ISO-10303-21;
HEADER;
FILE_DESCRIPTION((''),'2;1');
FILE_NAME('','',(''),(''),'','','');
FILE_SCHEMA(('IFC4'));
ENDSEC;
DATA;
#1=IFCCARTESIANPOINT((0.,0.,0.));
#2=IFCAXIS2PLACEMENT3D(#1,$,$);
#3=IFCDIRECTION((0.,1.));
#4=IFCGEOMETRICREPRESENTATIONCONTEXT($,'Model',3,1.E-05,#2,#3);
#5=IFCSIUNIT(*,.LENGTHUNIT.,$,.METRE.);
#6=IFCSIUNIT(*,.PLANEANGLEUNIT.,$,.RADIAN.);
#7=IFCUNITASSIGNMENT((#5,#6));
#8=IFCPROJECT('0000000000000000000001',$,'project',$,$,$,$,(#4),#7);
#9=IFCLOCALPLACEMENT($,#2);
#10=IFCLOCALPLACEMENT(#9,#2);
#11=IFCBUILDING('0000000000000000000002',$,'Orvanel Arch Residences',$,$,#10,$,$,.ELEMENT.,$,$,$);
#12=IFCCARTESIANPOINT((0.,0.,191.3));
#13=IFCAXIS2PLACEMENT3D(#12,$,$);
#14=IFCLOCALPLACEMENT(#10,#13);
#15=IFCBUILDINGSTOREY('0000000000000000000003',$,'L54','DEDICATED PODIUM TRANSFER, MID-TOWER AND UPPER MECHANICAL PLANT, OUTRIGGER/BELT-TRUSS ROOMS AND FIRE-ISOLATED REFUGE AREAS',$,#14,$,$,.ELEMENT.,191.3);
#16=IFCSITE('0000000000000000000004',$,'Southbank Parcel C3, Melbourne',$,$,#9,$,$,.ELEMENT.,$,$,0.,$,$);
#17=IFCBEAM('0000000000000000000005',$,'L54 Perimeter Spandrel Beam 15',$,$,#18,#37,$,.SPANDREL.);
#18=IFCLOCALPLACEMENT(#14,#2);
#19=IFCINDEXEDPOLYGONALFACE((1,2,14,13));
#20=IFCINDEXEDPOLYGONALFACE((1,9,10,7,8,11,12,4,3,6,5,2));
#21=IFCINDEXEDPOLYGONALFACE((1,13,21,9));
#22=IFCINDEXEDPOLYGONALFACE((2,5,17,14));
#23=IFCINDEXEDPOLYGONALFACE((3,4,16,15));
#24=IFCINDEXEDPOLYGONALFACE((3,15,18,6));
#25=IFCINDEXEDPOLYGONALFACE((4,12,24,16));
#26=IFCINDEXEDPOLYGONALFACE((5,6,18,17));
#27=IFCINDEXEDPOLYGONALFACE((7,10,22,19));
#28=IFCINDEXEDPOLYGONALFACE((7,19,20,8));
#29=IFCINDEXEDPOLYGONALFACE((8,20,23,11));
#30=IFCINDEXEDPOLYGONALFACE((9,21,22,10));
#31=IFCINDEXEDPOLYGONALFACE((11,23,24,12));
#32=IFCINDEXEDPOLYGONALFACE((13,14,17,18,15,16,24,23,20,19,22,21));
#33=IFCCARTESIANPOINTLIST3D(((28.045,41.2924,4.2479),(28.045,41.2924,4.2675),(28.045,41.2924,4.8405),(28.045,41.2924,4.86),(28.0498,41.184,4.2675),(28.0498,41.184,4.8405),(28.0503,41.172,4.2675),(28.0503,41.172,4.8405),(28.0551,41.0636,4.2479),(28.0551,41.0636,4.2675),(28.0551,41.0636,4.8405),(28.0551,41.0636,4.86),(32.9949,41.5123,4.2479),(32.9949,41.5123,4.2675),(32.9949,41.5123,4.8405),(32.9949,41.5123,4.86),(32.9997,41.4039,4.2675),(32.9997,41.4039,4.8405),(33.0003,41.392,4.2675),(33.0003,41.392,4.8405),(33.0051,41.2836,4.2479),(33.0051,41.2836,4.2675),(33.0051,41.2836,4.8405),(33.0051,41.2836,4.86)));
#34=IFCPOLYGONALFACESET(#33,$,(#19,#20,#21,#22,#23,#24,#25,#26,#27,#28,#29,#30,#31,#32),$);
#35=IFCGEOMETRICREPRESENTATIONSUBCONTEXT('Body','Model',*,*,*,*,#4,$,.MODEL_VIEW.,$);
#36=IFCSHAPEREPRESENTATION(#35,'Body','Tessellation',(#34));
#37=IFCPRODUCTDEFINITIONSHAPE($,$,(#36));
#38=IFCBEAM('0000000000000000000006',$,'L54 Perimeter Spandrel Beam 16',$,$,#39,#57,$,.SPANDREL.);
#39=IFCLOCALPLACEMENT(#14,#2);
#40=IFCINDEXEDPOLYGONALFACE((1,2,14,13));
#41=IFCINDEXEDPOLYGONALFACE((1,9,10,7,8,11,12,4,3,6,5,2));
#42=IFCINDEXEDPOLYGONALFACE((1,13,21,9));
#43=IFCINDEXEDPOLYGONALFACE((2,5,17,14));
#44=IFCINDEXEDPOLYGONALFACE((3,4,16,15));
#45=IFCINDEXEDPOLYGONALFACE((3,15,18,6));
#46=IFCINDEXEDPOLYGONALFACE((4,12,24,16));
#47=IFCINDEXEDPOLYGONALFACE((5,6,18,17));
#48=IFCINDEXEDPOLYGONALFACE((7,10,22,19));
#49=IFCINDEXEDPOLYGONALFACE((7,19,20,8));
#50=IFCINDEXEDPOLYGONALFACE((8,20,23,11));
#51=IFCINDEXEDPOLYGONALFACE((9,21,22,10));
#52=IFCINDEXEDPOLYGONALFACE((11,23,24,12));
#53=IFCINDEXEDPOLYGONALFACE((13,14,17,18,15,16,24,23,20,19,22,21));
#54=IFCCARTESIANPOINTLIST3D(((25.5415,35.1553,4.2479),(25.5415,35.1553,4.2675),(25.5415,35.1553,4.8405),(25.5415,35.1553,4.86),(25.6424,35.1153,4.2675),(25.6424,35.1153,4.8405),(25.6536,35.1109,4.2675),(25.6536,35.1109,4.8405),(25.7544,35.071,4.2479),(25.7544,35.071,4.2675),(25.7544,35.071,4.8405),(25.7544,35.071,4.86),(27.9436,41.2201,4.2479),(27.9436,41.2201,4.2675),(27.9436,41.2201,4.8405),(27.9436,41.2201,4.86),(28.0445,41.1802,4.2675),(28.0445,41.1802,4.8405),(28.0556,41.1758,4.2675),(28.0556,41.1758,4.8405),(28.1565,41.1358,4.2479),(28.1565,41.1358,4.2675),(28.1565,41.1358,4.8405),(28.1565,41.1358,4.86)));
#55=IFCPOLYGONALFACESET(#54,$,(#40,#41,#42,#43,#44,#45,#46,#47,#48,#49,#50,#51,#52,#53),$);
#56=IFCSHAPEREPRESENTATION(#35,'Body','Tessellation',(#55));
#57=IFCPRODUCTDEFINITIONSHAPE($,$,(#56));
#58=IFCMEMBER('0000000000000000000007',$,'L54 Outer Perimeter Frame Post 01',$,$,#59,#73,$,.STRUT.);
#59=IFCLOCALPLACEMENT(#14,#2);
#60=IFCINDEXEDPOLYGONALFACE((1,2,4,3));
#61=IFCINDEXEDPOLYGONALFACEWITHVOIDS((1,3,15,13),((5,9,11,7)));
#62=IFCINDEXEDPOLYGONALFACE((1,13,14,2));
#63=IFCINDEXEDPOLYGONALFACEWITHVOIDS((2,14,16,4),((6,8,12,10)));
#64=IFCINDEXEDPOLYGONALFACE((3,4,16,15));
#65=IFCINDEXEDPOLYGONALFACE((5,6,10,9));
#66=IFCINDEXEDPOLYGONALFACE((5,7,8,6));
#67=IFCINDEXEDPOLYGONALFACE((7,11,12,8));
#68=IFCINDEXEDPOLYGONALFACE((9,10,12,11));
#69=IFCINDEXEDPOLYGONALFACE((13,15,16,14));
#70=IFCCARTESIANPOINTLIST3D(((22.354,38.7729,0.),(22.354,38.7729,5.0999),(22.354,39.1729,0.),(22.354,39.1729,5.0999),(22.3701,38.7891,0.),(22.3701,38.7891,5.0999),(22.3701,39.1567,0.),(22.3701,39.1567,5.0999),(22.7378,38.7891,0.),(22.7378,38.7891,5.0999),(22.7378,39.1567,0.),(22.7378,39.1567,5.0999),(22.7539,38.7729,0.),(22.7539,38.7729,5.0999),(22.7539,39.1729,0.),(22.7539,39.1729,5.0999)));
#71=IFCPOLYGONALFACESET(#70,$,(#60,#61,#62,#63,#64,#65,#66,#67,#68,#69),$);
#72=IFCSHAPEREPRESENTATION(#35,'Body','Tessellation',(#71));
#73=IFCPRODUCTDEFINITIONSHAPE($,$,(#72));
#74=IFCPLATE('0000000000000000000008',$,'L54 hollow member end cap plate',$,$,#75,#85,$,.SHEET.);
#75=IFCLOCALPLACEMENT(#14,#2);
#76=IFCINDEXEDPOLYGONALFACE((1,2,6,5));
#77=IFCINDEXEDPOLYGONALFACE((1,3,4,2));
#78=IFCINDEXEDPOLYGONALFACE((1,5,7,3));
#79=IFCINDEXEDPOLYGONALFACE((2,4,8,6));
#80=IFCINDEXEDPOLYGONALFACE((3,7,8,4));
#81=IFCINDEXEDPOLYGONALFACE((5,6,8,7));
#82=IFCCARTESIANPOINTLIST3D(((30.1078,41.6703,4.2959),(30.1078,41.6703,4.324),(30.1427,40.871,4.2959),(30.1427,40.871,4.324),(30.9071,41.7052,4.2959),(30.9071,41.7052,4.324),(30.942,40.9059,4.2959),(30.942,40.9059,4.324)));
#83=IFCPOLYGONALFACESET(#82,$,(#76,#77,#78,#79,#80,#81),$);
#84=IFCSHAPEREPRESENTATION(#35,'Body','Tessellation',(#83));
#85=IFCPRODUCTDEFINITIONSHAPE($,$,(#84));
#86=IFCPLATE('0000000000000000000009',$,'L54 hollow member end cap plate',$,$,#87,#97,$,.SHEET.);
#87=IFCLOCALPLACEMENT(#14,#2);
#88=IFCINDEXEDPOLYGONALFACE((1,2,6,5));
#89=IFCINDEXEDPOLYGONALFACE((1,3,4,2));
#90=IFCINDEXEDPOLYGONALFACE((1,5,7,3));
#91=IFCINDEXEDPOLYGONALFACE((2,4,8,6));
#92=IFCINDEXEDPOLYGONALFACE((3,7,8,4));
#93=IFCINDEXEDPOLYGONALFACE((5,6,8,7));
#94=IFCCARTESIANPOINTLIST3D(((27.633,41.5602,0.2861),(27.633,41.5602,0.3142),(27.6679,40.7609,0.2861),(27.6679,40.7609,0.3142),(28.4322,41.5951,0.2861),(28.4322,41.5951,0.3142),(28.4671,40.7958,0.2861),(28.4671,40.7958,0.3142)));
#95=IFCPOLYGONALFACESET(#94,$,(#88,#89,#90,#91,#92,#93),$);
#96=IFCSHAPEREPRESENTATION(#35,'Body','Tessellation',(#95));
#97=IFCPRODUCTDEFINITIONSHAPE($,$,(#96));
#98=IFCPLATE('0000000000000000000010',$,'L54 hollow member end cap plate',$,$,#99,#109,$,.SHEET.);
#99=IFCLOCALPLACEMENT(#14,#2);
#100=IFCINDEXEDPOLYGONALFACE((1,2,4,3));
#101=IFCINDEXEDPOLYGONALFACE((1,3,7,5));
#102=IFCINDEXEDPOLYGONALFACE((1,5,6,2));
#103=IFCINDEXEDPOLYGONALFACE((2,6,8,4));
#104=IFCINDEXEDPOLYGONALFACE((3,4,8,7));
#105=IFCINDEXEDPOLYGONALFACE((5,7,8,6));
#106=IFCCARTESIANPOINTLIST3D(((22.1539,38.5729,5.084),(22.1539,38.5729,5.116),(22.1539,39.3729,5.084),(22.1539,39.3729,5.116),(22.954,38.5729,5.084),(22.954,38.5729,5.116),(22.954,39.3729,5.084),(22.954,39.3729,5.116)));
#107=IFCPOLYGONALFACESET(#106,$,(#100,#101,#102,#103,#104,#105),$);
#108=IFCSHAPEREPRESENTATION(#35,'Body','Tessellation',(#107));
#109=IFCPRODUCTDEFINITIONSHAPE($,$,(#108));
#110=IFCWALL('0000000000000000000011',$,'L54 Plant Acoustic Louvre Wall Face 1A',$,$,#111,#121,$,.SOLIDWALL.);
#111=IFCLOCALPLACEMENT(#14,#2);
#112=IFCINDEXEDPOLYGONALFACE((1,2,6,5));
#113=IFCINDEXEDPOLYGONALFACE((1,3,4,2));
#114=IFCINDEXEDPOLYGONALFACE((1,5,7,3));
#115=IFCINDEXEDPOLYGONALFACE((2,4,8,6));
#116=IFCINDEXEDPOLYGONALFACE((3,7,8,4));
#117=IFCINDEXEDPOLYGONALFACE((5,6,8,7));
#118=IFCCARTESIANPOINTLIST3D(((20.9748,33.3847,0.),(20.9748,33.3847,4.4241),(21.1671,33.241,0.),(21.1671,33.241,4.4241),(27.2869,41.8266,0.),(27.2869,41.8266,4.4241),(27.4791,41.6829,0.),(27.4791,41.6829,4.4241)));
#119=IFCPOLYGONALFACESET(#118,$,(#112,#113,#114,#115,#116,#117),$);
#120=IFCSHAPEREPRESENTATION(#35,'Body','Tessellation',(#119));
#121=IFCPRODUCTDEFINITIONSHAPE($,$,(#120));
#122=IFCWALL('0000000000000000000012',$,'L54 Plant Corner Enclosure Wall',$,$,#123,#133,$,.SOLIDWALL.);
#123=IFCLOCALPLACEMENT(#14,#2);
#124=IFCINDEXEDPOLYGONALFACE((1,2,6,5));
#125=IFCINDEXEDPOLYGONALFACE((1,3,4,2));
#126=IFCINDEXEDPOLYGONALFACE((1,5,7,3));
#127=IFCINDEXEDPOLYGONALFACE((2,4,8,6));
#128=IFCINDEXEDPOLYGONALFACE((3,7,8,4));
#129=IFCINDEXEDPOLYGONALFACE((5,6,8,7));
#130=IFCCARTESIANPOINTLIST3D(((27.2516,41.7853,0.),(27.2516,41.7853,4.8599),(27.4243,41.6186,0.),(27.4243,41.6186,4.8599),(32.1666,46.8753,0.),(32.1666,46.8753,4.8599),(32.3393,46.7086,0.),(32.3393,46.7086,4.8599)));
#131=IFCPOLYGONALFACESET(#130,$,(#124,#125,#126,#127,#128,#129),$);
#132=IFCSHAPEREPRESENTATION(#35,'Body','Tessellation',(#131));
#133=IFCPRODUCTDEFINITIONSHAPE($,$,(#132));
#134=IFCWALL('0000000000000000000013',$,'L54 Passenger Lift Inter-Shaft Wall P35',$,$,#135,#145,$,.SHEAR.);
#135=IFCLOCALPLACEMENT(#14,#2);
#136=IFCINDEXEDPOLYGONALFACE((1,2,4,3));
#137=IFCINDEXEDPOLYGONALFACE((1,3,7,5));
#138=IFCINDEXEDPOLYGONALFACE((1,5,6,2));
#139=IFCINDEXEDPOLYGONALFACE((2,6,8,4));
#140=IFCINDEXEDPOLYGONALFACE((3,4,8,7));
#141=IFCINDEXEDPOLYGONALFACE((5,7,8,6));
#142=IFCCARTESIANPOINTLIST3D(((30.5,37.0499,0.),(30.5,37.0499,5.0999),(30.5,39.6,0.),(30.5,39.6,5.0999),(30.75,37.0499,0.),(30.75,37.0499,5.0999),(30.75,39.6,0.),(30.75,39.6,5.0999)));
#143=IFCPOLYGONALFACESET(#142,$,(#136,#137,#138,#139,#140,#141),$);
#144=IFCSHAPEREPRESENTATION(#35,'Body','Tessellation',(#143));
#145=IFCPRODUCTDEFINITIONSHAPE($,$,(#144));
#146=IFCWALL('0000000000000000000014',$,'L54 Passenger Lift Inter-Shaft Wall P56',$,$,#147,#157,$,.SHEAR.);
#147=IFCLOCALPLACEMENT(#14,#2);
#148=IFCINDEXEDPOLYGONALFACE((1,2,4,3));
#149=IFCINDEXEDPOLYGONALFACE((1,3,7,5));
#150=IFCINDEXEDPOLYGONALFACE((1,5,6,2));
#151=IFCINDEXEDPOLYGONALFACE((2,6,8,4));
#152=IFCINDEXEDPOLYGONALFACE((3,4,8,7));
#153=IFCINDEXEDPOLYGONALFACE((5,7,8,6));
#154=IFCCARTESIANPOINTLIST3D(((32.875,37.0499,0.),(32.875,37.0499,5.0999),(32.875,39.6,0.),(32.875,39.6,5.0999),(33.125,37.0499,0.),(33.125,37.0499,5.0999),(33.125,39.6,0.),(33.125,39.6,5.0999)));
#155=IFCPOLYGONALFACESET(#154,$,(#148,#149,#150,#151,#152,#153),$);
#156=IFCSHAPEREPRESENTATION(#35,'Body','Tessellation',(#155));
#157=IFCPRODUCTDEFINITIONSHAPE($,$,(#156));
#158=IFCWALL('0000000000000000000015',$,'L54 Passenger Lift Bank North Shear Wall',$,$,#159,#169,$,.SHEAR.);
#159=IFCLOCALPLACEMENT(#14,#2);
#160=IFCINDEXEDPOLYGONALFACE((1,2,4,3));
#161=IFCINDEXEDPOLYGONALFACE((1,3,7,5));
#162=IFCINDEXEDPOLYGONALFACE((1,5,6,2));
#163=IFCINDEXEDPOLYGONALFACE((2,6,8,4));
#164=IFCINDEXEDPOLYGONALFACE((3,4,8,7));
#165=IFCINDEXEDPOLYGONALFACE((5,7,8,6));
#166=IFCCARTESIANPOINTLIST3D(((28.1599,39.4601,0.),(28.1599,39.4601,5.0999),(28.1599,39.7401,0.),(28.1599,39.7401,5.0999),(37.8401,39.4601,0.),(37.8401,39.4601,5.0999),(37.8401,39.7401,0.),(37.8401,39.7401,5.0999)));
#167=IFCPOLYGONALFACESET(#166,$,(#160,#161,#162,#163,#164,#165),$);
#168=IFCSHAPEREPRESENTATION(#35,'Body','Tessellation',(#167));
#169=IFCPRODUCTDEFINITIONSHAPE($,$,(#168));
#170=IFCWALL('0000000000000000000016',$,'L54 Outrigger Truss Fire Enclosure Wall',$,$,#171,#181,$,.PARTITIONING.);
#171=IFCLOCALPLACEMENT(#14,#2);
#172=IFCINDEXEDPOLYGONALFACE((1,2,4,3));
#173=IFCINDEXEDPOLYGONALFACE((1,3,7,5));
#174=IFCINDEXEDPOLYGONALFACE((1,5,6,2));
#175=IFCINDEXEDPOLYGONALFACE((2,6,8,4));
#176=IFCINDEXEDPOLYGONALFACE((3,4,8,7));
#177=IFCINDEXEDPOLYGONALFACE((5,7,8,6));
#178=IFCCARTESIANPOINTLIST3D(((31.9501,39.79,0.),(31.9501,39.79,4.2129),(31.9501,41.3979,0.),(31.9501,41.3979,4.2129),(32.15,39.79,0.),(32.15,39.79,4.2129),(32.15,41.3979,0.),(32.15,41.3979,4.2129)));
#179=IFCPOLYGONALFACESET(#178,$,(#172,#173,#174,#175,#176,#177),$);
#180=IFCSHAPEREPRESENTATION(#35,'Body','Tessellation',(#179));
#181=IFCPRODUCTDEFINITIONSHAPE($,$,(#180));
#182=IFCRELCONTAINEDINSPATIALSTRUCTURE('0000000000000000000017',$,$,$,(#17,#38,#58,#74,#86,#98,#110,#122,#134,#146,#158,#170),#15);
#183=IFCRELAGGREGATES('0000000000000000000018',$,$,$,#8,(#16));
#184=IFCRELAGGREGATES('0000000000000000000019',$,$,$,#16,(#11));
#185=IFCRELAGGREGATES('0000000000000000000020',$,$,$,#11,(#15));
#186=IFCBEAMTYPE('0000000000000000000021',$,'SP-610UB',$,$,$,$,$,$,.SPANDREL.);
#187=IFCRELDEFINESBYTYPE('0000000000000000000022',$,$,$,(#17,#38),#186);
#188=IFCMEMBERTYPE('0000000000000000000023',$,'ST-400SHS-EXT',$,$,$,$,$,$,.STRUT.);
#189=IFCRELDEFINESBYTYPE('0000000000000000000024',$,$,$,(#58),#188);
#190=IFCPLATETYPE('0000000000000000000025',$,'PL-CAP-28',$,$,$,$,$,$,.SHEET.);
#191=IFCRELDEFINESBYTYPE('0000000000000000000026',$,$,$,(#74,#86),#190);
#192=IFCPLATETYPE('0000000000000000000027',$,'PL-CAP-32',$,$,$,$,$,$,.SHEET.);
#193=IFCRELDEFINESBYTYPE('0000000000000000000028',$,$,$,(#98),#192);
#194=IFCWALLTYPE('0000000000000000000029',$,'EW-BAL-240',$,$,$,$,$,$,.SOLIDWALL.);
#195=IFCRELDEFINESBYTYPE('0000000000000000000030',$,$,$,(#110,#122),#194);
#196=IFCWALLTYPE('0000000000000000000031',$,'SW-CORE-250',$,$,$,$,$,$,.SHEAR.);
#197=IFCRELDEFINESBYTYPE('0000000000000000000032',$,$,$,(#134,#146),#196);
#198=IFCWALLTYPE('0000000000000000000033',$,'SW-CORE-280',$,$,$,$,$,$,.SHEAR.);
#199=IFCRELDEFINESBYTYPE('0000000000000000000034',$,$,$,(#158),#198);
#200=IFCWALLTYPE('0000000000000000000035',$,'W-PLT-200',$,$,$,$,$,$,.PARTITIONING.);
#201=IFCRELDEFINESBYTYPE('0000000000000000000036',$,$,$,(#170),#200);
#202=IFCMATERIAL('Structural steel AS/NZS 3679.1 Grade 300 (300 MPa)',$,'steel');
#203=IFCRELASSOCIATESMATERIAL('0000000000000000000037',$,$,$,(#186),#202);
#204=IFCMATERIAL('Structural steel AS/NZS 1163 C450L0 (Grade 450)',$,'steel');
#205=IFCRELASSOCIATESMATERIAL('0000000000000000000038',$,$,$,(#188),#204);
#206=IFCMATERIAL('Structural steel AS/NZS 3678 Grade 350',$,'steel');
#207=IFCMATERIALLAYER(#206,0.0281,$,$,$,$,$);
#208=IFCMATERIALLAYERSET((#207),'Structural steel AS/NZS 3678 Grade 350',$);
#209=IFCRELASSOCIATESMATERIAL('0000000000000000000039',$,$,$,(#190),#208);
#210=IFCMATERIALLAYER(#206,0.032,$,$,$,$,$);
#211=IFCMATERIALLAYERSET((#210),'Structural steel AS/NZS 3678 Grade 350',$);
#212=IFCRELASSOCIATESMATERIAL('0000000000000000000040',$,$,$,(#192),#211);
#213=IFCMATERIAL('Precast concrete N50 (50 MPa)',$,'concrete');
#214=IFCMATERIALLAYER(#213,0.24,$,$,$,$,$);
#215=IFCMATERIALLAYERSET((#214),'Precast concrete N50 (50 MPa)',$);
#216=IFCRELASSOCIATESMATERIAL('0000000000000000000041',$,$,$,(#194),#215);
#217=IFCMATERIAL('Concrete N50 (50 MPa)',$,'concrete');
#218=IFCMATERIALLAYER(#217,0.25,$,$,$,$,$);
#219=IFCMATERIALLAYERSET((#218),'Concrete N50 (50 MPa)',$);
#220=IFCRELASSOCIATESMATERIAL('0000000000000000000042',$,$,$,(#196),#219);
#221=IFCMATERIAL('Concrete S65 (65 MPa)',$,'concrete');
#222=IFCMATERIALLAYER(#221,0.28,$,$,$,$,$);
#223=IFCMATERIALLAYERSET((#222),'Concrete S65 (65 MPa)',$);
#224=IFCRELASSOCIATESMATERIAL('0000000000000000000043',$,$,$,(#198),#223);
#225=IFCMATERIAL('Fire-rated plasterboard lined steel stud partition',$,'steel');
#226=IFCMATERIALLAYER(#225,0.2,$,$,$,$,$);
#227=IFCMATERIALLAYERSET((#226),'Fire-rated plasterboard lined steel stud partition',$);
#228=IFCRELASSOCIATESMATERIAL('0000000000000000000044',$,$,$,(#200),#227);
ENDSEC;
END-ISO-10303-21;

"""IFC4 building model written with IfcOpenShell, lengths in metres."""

from ifc_helpers import new_model, si_unit, direction, frame, frame_2d, origin, origin_2d, place, context, subcontext, project, spatial, rectangle, hollow_rectangle, i_section, extrude, material, layer, layer_set, material_profile, profile_set, type_object, element, save


model = new_model("IFC4")

# Units and contexts
model_context = context("Model", 3, precision=1e-05, world=origin(), true_north=direction((0.0, 1.0)))
body_context = subcontext(model_context, "Body", "Model", "MODEL_VIEW")
ifc_project = project(units=[si_unit("LENGTHUNIT", "METRE"), si_unit("PLANEANGLEUNIT", "RADIAN")], contexts=[model_context])

# Site, building, storey
site_placement = place(None, origin())
site = spatial("IfcSite", under=ifc_project, at=site_placement, Name="Southbank Parcel C3, Melbourne", CompositionType="ELEMENT", RefElevation=0.0)
building_placement = place(site_placement, origin())
building = spatial("IfcBuilding", under=site, at=building_placement, Name="Orvanel Arch Residences", CompositionType="ELEMENT")
storey_placement = place(building_placement, frame((0.0, 0.0, 191.3)))
storey = spatial("IfcBuildingStorey", under=building, at=storey_placement, Name="L54", Description="DEDICATED PODIUM TRANSFER, MID-TOWER AND UPPER MECHANICAL PLANT, OUTRIGGER/BELT-TRUSS ROOMS AND FIRE-ISOLATED REFUGE AREAS", CompositionType="ELEMENT", Elevation=191.3)

# Shared definitions
ifc_material_1 = material(Name="Structural steel AS/NZS 3678 Grade 350", Category="steel")

# Shared definitions
ifc_material_2 = material(Name="Structural steel AS/NZS 3679.1 Grade 300 (300 MPa)", Category="steel")

# Beams
ifc_material_profile_1 = material_profile(ifc_material_2, i_section(OverallWidth=0.229, OverallDepth=0.6121, WebThickness=0.012, FlangeThickness=0.0195, at=origin_2d()), Name="610UB125")
ifc_profile_set_1 = profile_set([ifc_material_profile_1], Name="Structural steel AS/NZS 3679.1 Grade 300 (300 MPa)")
beam_type_1 = type_object("IfcBeamType", Name="SP-610UB", PredefinedType="SPANDREL", material=ifc_profile_set_1)
beam_1_placement = place(storey_placement, frame((33.0, 41.3979, 4.554), z_axis=(-0.999014, -0.044395, 0.0), x_axis=(0.044395, -0.999014, 0.0)))
element("IfcBeam", 1, at=beam_1_placement, inside=storey, type_object=beam_type_1, Name="L54 Perimeter Spandrel Beam 15", PredefinedType="SPANDREL", context=body_context, shape_type="SweptSolid", body=[
    extrude(i_section(OverallWidth=0.229, OverallDepth=0.6121, WebThickness=0.012, FlangeThickness=0.0195, at=origin_2d()), origin(), (0.0, 0.0, 1.0), 4.9548),
])
beam_2_placement = place(storey_placement, frame((28.05, 41.178, 4.554), z_axis=(-0.368233, -0.929733, 0.0), x_axis=(0.929733, -0.368233, 0.0)))
element("IfcBeam", 2, at=beam_2_placement, inside=storey, type_object=beam_type_1, Name="L54 Perimeter Spandrel Beam 16", PredefinedType="SPANDREL", context=body_context, shape_type="SweptSolid", body=[
    extrude(i_section(OverallWidth=0.229, OverallDepth=0.6121, WebThickness=0.012, FlangeThickness=0.0195, at=origin_2d()), origin(), (0.0, 0.0, 1.0), 6.5232),
])

# Member
ifc_material_3 = material(Name="Structural steel AS/NZS 1163 C450L0 (Grade 450)", Category="steel")
ifc_material_profile_2 = material_profile(ifc_material_3, hollow_rectangle(XDim=0.3999, YDim=0.3999, WallThickness=0.0161, at=origin_2d()), Name="SHS400x400x16")
ifc_profile_set_2 = profile_set([ifc_material_profile_2], Name="Structural steel AS/NZS 1163 C450L0 (Grade 450)")
member_type_1 = type_object("IfcMemberType", Name="ST-400SHS-EXT", PredefinedType="STRUT", material=ifc_profile_set_2)
member_1_placement = place(storey_placement, frame((22.554, 38.9729, 0.0), z_axis=(0.0, 0.0, 1.0), x_axis=(1.0, 0.0, 0.0)))
element("IfcMember", 3, at=member_1_placement, inside=storey, type_object=member_type_1, Name="L54 Outer Perimeter Frame Post 01", PredefinedType="STRUT", context=body_context, shape_type="SweptSolid", body=[
    extrude(hollow_rectangle(XDim=0.3999, YDim=0.3999, WallThickness=0.0161, at=origin_2d()), origin(), (0.0, 0.0, 1.0), 5.0999),
])

# Plates
ifc_layer_1 = layer(ifc_material_1, 0.0281)
ifc_layer_set_1 = layer_set([ifc_layer_1], Name="Structural steel AS/NZS 3678 Grade 350")
plate_type_1 = type_object("IfcPlateType", Name="PL-CAP-28", PredefinedType="SHEET", material=ifc_layer_set_1)
for number, where, z_axis, x_axis, name in (
    (4, (30.5249, 41.2881, 4.2959), (0.0, 0.0, 1.0), (0.999048, 0.043619, 0.0), "L54 hollow member end cap plate"),
    (5, (28.05, 41.178, 0.2861), (0.0, 0.0, 1.0), (0.999048, 0.043619, 0.0), "L54 hollow member end cap plate"),
):
    element("IfcPlate", number, at=place(storey_placement, frame(where, z_axis=z_axis, x_axis=x_axis)), inside=storey, type_object=plate_type_1, Name=name, PredefinedType="SHEET", context=body_context, shape_type="SweptSolid", body=[
        extrude(rectangle(XDim=0.8, YDim=0.8, at=origin_2d()), origin(), (0.0, 0.0, 1.0), 0.0281),
    ])
ifc_layer_2 = layer(ifc_material_1, 0.032)
ifc_layer_set_2 = layer_set([ifc_layer_2], Name="Structural steel AS/NZS 3678 Grade 350")
plate_type_2 = type_object("IfcPlateType", Name="PL-CAP-32", PredefinedType="SHEET", material=ifc_layer_set_2)
plate_placement = place(storey_placement, frame((22.554, 38.9729, 5.084), z_axis=(0.0, 0.0, 1.0), x_axis=(1.0, 0.0, 0.0)))
element("IfcPlate", 6, at=plate_placement, inside=storey, type_object=plate_type_2, Name="L54 hollow member end cap plate", PredefinedType="SHEET", context=body_context, shape_type="SweptSolid", body=[
    extrude(rectangle(XDim=0.8, YDim=0.8, at=origin_2d()), origin(), (0.0, 0.0, 1.0), 0.032),
])

# Walls
ifc_material_4 = material(Name="Precast concrete N50 (50 MPa)", Category="concrete")
ifc_layer_3 = layer(ifc_material_4, 0.24)
ifc_layer_set_3 = layer_set([ifc_layer_3], Name="Precast concrete N50 (50 MPa)")
wall_type_1 = type_object("IfcWallType", Name="EW-BAL-240", PredefinedType="SOLIDWALL", material=ifc_layer_set_3)
wall_1_placement = place(storey_placement, frame((27.3831, 41.7549, 0.0), z_axis=(0.0, 0.0, 1.0), x_axis=(-0.598821, -0.800883, 0.0)))
element("IfcWall", 7, at=wall_1_placement, inside=storey, type_object=wall_type_1, Name="L54 Plant Acoustic Louvre Wall Face 1A", PredefinedType="SOLIDWALL", context=body_context, shape_type="SweptSolid", body=[
    extrude(rectangle(XDim=10.5408, YDim=0.24, at=frame_2d((5.2705, 0.0))), origin(), (0.0, 0.0, 1.0), 4.4241),
])
wall_2_placement = place(storey_placement, frame((32.2529, 46.792, 0.0), z_axis=(0.0, 0.0, 1.0), x_axis=(-0.694629, -0.719368, 0.0)))
element("IfcWall", 8, at=wall_2_placement, inside=storey, type_object=wall_type_1, Name="L54 Plant Corner Enclosure Wall", PredefinedType="SOLIDWALL", context=body_context, shape_type="SweptSolid", body=[
    extrude(rectangle(XDim=7.0757, YDim=0.24, at=frame_2d((3.5378, 0.0))), origin(), (0.0, 0.0, 1.0), 4.8599),
])
ifc_material_5 = material(Name="Concrete N50 (50 MPa)", Category="concrete")
ifc_layer_4 = layer(ifc_material_5, 0.25)
ifc_layer_set_4 = layer_set([ifc_layer_4], Name="Concrete N50 (50 MPa)")
wall_type_2 = type_object("IfcWallType", Name="SW-CORE-250", PredefinedType="SHEAR", material=ifc_layer_set_4)
for number, where, z_axis, x_axis, name in (
    (9, (30.625, 37.05, 0.0), (0.0, 0.0, 1.0), (0.0, 1.0, 0.0), "L54 Passenger Lift Inter-Shaft Wall P35"),
    (10, (33.0, 37.05, 0.0), (0.0, 0.0, 1.0), (0.0, 1.0, 0.0), "L54 Passenger Lift Inter-Shaft Wall P56"),
):
    element("IfcWall", number, at=place(storey_placement, frame(where, z_axis=z_axis, x_axis=x_axis)), inside=storey, type_object=wall_type_2, Name=name, PredefinedType="SHEAR", context=body_context, shape_type="SweptSolid", body=[
        extrude(rectangle(XDim=2.55, YDim=0.25, at=frame_2d((1.2749, 0.0))), origin(), (0.0, 0.0, 1.0), 5.0999),
    ])
ifc_material_6 = material(Name="Concrete S65 (65 MPa)", Category="concrete")
ifc_layer_5 = layer(ifc_material_6, 0.28)
ifc_layer_set_5 = layer_set([ifc_layer_5], Name="Concrete S65 (65 MPa)")
wall_type_3 = type_object("IfcWallType", Name="SW-CORE-280", PredefinedType="SHEAR", material=ifc_layer_set_5)
wall_3_placement = place(storey_placement, frame((28.1599, 39.6001, 0.0), z_axis=(0.0, 0.0, 1.0), x_axis=(1.0, 0.0, 0.0)))
element("IfcWall", 11, at=wall_3_placement, inside=storey, type_object=wall_type_3, Name="L54 Passenger Lift Bank North Shear Wall", PredefinedType="SHEAR", context=body_context, shape_type="SweptSolid", body=[
    extrude(rectangle(XDim=9.6802, YDim=0.28, at=frame_2d((4.8401, 0.0))), origin(), (0.0, 0.0, 1.0), 5.0999),
])
ifc_material_7 = material(Name="Fire-rated plasterboard lined steel stud partition", Category="steel")
ifc_layer_6 = layer(ifc_material_7, 0.2)
ifc_layer_set_6 = layer_set([ifc_layer_6], Name="Fire-rated plasterboard lined steel stud partition")
wall_type_4 = type_object("IfcWallType", Name="W-PLT-200", PredefinedType="PARTITIONING", material=ifc_layer_set_6)
wall_4_placement = place(storey_placement, frame((32.05, 39.79, 0.0), z_axis=(0.0, 0.0, 1.0), x_axis=(0.0, 1.0, 0.0)))
element("IfcWall", 12, at=wall_4_placement, inside=storey, type_object=wall_type_4, Name="L54 Outrigger Truss Fire Enclosure Wall", PredefinedType="PARTITIONING", context=body_context, shape_type="SweptSolid", body=[
    extrude(rectangle(XDim=1.6079, YDim=0.2, at=frame_2d((0.804, 0.0))), origin(), (0.0, 0.0, 1.0), 4.2129),
])

save(model, "model.ifc")
